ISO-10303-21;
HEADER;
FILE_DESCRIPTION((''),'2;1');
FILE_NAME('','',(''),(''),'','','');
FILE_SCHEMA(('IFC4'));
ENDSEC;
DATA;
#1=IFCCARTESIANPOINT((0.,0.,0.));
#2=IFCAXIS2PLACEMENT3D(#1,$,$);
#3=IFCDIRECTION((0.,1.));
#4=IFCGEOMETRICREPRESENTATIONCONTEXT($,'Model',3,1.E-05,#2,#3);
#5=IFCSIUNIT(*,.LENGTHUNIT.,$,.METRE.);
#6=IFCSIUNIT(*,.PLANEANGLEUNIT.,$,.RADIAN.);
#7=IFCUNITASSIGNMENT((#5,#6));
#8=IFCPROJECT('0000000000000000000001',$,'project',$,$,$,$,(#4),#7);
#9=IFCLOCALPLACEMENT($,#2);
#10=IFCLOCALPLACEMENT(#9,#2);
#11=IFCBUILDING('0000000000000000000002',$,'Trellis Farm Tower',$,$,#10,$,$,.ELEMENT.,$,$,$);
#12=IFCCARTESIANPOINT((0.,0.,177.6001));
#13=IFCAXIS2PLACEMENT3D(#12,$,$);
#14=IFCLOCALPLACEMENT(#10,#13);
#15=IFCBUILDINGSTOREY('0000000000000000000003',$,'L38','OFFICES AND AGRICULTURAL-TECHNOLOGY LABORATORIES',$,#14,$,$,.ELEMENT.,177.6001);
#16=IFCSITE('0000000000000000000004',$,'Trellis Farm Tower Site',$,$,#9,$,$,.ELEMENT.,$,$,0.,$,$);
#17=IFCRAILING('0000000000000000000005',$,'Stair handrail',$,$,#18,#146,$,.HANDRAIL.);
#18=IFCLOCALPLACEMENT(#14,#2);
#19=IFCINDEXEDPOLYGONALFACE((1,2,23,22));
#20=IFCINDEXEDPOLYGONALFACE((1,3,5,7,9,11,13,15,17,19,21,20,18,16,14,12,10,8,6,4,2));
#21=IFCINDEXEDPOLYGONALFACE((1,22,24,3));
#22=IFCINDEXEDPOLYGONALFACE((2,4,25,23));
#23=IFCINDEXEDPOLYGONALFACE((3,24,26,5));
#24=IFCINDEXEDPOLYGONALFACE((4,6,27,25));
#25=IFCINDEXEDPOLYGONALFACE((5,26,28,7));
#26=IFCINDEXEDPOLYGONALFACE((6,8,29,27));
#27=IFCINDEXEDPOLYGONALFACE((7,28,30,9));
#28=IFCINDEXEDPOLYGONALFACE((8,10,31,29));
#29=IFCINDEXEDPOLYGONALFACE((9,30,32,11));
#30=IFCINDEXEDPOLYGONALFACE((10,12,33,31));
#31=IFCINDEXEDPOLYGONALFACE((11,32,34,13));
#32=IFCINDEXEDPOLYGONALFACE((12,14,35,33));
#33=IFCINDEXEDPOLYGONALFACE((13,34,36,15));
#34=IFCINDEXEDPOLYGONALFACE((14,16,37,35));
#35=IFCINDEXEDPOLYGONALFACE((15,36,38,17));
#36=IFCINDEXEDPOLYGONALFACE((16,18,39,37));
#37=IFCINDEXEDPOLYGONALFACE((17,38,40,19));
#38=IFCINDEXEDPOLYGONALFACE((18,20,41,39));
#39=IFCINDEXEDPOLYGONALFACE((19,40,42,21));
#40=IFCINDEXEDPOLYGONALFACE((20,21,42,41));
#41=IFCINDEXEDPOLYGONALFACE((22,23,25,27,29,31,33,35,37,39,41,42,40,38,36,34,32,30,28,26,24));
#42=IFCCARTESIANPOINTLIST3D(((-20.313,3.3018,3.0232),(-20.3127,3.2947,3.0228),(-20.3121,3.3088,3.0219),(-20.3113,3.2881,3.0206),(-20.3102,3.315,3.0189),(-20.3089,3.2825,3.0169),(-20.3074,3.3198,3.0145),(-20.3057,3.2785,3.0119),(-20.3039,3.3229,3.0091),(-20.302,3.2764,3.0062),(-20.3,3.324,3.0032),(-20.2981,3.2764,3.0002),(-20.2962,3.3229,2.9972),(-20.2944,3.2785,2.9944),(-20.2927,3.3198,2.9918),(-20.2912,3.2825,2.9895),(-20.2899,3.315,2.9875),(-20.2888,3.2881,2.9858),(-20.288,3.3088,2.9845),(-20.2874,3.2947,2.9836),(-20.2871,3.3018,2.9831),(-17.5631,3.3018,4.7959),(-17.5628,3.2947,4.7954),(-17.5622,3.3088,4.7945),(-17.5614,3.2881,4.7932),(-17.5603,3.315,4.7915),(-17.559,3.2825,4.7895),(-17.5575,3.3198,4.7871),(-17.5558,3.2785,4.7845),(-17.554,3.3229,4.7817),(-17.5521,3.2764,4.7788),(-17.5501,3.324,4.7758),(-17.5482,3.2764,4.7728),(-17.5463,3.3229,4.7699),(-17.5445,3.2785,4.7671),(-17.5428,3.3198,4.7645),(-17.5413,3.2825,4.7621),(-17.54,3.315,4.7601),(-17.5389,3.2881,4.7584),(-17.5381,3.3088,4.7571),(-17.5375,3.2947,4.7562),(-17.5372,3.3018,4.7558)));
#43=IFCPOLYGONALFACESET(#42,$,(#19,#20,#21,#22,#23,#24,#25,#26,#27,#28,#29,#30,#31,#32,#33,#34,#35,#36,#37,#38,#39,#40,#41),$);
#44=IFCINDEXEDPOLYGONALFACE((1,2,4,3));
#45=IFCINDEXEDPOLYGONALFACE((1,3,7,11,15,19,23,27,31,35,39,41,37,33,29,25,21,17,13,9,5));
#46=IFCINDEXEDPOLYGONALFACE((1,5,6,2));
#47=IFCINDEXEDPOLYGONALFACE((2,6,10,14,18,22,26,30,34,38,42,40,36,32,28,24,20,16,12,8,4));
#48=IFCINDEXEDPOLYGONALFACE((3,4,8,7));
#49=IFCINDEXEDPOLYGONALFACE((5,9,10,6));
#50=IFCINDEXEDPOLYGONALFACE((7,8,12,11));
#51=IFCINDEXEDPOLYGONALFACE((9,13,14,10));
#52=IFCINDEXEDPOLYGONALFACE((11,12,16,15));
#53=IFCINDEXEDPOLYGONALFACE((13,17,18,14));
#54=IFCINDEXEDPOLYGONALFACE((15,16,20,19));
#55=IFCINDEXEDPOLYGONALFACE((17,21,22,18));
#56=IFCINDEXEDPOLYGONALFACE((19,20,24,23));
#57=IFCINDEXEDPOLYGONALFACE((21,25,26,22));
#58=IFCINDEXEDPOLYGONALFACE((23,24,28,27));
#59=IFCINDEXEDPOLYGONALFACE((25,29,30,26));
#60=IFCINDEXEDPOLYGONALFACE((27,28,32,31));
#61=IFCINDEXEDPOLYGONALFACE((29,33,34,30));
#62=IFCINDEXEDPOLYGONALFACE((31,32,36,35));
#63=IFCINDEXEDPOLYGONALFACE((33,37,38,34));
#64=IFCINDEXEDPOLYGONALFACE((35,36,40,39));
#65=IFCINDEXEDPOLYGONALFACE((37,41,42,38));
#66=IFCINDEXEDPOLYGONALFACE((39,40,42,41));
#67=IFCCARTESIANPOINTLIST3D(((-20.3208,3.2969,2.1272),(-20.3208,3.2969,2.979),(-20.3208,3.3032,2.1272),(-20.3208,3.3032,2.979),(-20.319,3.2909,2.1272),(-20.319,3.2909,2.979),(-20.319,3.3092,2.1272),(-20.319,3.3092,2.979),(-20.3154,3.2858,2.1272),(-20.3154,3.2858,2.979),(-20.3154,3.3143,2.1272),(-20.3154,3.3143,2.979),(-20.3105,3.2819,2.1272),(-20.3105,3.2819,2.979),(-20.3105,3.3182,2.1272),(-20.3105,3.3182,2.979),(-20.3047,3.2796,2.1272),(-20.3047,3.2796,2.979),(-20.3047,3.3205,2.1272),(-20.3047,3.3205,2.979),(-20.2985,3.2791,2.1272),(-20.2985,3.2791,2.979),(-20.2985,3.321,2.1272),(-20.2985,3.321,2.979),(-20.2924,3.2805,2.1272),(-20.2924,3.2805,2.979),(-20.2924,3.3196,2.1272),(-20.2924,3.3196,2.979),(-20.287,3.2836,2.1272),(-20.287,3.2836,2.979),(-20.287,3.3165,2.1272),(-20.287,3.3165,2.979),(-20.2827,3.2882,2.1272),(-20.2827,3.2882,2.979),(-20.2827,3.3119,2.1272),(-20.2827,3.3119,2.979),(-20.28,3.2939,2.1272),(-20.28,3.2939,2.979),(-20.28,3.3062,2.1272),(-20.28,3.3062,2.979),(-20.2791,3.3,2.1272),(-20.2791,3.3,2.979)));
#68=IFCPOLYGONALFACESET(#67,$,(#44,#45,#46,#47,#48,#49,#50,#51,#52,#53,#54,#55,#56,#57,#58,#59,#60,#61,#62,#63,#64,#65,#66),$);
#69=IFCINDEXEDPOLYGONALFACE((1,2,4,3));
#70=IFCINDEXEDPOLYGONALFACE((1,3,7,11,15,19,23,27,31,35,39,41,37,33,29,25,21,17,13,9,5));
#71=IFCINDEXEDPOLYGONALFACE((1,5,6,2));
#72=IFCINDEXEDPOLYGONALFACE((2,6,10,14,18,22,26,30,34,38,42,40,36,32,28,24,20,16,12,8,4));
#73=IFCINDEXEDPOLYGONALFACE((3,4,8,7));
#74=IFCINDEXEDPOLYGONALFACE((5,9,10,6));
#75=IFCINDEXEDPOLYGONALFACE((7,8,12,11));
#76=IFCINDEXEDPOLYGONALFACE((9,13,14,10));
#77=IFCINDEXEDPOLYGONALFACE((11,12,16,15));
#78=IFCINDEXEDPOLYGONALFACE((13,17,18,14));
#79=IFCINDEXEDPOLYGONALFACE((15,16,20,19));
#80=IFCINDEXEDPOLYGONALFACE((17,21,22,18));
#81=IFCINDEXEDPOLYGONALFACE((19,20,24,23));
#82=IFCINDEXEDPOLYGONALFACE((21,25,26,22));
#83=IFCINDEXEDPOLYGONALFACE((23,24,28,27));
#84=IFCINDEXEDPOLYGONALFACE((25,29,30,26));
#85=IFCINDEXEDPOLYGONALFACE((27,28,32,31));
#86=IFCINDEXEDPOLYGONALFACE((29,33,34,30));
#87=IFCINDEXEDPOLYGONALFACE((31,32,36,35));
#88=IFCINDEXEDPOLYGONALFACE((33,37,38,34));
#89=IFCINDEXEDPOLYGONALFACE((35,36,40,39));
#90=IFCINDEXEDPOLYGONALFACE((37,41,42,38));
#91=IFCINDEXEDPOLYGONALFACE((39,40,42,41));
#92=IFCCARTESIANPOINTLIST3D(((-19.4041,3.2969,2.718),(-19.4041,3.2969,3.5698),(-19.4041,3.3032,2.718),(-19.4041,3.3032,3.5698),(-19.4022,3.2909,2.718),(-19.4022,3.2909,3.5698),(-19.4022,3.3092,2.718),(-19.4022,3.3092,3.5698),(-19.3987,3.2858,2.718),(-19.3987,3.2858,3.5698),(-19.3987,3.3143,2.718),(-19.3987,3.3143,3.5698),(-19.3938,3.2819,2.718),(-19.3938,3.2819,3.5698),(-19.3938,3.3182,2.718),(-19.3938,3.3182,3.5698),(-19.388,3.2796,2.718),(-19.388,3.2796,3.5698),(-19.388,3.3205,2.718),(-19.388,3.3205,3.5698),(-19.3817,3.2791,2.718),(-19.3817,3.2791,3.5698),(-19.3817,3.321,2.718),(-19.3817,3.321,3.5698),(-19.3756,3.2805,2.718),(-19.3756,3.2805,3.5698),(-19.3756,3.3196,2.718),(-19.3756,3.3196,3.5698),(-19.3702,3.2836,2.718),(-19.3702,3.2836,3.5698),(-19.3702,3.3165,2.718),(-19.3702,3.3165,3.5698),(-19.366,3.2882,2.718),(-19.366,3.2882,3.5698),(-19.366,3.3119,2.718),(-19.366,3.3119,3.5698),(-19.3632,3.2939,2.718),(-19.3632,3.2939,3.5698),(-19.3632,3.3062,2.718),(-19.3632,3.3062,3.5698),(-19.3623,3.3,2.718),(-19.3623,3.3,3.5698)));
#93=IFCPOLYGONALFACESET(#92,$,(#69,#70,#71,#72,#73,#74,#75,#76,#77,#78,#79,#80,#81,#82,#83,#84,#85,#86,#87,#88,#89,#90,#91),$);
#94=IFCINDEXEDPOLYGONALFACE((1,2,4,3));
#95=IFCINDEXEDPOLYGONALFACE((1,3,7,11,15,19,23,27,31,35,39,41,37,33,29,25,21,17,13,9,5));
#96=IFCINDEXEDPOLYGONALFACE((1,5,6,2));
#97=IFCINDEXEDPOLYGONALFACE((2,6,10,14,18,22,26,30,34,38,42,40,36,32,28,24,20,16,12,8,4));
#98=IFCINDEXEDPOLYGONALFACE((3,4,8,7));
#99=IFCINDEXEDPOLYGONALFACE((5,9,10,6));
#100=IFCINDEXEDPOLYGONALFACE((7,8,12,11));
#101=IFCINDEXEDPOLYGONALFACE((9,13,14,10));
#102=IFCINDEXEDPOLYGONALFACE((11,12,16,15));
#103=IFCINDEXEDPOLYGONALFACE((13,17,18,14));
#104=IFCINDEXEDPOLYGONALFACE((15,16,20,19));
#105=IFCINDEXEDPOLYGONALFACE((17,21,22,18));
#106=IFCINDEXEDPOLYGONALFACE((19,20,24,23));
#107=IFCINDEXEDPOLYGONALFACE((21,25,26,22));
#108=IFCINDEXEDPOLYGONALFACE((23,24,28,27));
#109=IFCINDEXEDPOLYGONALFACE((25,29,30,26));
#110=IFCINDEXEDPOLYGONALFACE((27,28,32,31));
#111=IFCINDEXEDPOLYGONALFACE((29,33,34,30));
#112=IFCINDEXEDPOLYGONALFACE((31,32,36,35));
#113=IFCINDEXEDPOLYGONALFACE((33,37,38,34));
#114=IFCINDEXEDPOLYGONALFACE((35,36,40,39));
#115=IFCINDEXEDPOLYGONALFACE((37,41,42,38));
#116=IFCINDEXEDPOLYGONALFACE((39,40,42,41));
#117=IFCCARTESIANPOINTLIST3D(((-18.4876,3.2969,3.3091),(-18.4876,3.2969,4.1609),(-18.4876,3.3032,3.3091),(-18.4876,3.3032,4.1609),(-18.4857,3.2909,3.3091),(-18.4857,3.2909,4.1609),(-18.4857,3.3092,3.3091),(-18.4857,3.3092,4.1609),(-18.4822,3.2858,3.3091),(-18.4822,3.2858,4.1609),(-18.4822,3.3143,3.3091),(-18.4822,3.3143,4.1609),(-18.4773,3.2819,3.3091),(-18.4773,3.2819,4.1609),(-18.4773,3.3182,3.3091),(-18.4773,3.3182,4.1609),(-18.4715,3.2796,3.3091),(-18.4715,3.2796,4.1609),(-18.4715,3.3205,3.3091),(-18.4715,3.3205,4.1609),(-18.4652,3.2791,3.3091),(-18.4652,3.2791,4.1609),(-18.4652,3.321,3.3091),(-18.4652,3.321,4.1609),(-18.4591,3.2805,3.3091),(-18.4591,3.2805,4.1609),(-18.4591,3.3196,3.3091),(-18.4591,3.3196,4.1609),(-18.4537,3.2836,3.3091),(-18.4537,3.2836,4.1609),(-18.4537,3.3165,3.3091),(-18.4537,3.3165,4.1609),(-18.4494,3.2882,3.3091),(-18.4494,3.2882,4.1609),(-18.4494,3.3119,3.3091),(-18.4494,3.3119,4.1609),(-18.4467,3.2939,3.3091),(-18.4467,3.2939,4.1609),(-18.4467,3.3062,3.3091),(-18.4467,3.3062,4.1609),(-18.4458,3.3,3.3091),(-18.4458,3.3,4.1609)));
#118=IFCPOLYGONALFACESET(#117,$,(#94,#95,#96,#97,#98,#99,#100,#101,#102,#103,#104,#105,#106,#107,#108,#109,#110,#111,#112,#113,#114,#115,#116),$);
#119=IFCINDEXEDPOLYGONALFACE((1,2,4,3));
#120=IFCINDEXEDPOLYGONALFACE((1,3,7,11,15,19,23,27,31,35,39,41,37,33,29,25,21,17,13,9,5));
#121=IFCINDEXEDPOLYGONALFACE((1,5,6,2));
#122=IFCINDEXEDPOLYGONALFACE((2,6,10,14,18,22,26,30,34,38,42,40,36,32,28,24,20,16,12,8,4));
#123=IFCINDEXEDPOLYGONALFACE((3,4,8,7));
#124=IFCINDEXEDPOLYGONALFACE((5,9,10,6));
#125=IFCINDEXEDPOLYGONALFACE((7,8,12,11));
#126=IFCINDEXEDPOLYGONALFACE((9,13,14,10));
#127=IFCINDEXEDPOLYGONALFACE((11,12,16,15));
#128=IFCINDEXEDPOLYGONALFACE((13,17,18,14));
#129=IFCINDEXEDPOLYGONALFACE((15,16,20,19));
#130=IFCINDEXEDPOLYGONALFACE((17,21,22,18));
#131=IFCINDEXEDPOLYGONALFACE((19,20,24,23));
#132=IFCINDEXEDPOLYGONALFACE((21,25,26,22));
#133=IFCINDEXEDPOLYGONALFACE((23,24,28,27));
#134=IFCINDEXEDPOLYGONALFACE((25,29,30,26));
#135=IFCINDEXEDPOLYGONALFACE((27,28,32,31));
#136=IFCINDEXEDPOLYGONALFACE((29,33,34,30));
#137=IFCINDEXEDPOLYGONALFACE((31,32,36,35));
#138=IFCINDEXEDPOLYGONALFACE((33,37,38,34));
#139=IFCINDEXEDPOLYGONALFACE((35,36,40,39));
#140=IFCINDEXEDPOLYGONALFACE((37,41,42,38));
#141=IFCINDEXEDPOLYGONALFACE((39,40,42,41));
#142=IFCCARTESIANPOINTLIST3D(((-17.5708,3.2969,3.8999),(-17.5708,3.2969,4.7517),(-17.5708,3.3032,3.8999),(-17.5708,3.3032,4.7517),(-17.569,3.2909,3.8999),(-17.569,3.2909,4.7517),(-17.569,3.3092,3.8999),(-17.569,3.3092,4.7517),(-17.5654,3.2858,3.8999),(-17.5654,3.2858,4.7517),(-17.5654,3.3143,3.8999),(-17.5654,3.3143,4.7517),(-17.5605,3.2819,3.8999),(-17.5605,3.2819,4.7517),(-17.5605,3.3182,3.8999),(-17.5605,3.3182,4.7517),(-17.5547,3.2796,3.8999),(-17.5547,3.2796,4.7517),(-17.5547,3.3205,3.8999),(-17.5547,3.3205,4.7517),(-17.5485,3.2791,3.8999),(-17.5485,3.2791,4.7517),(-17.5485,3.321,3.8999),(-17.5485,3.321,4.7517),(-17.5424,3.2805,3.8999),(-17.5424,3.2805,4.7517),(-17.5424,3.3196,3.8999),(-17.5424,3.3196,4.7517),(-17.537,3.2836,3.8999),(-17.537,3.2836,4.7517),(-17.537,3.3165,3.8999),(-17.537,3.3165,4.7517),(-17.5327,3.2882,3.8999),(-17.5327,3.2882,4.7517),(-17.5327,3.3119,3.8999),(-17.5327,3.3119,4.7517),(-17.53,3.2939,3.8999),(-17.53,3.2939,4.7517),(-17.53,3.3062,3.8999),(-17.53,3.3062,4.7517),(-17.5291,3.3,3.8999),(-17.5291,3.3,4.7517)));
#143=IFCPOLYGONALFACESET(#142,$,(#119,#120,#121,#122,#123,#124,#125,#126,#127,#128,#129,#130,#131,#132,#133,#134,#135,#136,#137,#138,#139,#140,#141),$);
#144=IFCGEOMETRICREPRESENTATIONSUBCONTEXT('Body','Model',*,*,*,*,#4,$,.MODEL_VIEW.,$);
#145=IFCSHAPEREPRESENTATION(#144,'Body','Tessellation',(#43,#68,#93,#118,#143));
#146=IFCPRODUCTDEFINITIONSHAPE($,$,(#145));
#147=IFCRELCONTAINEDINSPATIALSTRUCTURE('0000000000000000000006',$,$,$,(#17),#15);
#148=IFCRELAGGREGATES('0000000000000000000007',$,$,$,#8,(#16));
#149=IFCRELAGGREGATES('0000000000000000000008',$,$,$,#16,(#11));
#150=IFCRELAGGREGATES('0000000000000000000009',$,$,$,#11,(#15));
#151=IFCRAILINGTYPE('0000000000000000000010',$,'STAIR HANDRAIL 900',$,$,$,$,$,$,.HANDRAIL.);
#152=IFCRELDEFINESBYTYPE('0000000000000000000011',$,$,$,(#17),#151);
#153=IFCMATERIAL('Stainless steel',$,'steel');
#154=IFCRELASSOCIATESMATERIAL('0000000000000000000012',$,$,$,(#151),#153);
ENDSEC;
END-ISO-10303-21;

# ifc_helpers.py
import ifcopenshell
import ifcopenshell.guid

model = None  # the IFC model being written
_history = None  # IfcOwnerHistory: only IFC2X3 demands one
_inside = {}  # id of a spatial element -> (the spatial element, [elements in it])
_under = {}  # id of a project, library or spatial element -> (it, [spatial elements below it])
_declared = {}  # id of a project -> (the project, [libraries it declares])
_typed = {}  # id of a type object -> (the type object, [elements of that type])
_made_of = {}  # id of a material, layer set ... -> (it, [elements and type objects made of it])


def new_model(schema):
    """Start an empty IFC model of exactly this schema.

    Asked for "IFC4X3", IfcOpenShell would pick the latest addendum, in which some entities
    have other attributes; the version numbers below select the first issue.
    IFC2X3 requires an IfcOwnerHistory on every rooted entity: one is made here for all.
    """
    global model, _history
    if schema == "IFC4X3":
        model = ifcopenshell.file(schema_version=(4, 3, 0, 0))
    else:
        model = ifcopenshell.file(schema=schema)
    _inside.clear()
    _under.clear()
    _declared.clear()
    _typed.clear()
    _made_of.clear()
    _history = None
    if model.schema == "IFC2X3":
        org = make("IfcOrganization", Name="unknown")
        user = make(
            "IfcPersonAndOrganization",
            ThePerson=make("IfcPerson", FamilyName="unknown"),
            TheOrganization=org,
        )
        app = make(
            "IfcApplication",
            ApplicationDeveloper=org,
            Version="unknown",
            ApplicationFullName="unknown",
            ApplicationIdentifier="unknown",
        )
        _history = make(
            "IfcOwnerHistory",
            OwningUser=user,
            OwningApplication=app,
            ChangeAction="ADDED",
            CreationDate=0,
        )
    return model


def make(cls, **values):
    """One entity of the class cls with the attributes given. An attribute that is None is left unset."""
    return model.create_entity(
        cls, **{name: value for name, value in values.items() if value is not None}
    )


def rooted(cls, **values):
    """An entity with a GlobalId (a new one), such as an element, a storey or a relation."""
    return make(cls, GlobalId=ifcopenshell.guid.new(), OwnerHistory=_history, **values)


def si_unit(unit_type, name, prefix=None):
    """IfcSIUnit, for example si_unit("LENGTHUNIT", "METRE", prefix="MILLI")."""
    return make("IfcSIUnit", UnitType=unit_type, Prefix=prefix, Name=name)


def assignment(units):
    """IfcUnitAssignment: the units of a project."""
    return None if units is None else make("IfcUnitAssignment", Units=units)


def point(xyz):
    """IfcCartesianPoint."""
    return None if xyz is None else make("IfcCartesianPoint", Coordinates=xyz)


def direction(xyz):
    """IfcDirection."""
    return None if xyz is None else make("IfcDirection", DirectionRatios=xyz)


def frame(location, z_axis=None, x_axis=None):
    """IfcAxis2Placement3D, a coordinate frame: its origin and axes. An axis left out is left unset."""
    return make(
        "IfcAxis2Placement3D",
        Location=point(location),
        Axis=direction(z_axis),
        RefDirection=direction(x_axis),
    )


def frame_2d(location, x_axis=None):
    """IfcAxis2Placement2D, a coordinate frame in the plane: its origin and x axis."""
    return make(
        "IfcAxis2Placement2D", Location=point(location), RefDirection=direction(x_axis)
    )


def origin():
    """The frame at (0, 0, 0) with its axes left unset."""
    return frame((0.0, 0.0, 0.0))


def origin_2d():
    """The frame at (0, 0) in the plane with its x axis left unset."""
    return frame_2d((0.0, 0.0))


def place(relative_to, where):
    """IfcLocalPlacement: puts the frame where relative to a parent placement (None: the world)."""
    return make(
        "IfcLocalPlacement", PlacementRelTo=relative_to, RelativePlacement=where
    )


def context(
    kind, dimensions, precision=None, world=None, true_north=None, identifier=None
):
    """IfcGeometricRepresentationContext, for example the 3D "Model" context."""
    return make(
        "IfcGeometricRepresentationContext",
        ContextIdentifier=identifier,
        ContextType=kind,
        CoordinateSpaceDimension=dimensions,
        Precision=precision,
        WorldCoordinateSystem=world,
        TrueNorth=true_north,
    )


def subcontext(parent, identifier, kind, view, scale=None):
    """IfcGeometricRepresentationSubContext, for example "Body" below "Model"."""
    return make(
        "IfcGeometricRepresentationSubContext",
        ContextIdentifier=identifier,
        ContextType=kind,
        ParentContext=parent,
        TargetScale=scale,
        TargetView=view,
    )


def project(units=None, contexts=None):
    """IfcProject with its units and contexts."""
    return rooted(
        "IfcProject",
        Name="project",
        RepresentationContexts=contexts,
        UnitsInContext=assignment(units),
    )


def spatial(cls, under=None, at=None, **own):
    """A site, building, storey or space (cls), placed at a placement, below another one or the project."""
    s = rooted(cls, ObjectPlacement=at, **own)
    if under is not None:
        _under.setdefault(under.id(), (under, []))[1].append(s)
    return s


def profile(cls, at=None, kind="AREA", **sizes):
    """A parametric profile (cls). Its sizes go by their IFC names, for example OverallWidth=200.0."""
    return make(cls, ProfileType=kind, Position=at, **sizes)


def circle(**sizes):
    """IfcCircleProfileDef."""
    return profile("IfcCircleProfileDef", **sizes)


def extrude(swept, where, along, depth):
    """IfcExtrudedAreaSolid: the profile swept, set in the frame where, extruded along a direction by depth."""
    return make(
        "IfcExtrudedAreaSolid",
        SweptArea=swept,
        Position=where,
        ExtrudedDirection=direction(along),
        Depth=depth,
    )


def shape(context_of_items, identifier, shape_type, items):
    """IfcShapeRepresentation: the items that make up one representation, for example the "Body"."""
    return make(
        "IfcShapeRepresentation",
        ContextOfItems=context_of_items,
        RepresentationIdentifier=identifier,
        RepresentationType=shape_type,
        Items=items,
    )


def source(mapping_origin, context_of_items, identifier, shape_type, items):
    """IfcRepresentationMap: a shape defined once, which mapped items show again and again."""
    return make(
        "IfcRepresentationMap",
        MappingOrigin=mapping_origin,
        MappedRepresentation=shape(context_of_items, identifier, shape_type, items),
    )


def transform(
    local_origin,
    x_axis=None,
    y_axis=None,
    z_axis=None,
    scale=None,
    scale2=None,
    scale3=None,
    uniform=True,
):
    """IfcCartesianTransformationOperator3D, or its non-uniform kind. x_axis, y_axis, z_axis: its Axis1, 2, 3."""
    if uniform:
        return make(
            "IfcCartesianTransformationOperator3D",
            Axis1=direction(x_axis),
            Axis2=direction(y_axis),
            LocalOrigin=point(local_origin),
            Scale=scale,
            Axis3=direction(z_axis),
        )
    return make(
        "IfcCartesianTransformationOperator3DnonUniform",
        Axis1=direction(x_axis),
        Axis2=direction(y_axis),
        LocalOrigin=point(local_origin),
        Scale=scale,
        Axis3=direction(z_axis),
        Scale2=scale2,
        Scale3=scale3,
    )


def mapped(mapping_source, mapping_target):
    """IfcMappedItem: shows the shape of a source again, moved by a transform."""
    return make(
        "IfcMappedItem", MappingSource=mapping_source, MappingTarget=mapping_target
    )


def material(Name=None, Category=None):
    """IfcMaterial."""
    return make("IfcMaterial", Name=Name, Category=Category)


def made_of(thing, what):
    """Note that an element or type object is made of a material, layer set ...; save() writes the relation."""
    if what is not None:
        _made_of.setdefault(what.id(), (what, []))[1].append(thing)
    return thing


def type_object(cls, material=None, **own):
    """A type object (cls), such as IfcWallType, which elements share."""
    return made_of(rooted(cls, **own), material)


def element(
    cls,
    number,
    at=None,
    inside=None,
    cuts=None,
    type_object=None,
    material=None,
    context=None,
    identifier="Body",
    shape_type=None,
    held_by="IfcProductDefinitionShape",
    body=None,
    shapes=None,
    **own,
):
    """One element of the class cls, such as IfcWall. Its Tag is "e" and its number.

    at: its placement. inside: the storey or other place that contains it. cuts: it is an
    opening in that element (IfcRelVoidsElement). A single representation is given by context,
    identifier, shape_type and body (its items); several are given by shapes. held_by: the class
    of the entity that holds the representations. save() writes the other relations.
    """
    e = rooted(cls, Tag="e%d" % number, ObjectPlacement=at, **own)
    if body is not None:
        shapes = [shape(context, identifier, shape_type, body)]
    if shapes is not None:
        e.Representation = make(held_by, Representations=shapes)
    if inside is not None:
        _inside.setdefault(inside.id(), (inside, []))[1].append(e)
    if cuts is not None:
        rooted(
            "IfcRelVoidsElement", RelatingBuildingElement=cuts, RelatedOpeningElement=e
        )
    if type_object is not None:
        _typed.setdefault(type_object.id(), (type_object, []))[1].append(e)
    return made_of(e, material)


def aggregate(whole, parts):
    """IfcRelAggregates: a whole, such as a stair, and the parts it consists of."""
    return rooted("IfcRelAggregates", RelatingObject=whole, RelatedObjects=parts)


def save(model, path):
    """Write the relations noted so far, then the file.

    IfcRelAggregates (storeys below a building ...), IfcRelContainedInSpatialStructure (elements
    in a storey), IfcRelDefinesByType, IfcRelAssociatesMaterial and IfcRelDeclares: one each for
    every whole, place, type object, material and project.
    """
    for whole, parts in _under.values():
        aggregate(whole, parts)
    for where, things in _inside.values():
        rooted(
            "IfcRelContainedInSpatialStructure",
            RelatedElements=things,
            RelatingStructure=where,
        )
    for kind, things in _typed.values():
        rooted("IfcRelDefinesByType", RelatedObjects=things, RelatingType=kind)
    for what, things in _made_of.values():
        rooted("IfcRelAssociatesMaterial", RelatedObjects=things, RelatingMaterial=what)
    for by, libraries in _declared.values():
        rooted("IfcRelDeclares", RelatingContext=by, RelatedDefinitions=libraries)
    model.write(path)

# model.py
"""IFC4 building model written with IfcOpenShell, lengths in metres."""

from ifc_helpers import new_model, si_unit, direction, frame, origin, origin_2d, place, context, subcontext, project, spatial, circle, extrude, source, transform, mapped, material, type_object, element, save


model = new_model("IFC4")

# Units and contexts
model_context = context("Model", 3, precision=1e-05, world=origin(), true_north=direction((0.0, 1.0)))
body_context = subcontext(model_context, "Body", "Model", "MODEL_VIEW")
ifc_project = project(units=[si_unit("LENGTHUNIT", "METRE"), si_unit("PLANEANGLEUNIT", "RADIAN")], contexts=[model_context])

# Site, building, storey
site_placement = place(None, origin())
site = spatial("IfcSite", under=ifc_project, at=site_placement, Name="Trellis Farm Tower Site", CompositionType="ELEMENT", RefElevation=0.0)
building_placement = place(site_placement, origin())
building = spatial("IfcBuilding", under=site, at=building_placement, Name="Trellis Farm Tower", CompositionType="ELEMENT")
storey_placement = place(building_placement, frame((0.0, 0.0, 177.6001)))
storey = spatial("IfcBuildingStorey", under=building, at=storey_placement, Name="L38", Description="OFFICES AND AGRICULTURAL-TECHNOLOGY LABORATORIES", CompositionType="ELEMENT", Elevation=177.6001)

# Railing
ifc_material_1 = material(Name="Stainless steel", Category="steel")
railing_type = type_object("IfcRailingType", Name="STAIR HANDRAIL 900", PredefinedType="HANDRAIL", material=ifc_material_1)
shared_shape_1 = source(origin(), body_context, "Body", "SweptSolid", [
    extrude(circle(Radius=0.0239, at=origin_2d()), frame((0.0, 0.0, 0.876), z_axis=(0.840504, 0.0, 0.541806), x_axis=(0.0, 1.0, 0.0)), (0.0, 0.0, 1.0), 3.2717),
    extrude(circle(Radius=0.021, at=origin_2d()), origin(), (0.0, 0.0, 1.0), 0.8518),
    extrude(circle(Radius=0.021, at=origin_2d()), frame((0.9167, 0.0, 0.5908)), (0.0, 0.0, 1.0), 0.8518),
    extrude(circle(Radius=0.021, at=origin_2d()), frame((1.8333, 0.0, 1.1819)), (0.0, 0.0, 1.0), 0.8518),
    extrude(circle(Radius=0.021, at=origin_2d()), frame((2.75, 0.0, 1.7727)), (0.0, 0.0, 1.0), 0.8518),
])
for number, where, name in (
    (1, (-20.3, 3.3, 2.1272), "Stair handrail"),
):
    element("IfcRailing", number, at=place(storey_placement, frame(where)), inside=storey, type_object=railing_type, Name=name, PredefinedType="HANDRAIL", context=body_context, shape_type="MappedRepresentation", body=[
        mapped(shared_shape_1, transform((0.0, 0.0, 0.0))),
    ])

save(model, "model.ifc")
